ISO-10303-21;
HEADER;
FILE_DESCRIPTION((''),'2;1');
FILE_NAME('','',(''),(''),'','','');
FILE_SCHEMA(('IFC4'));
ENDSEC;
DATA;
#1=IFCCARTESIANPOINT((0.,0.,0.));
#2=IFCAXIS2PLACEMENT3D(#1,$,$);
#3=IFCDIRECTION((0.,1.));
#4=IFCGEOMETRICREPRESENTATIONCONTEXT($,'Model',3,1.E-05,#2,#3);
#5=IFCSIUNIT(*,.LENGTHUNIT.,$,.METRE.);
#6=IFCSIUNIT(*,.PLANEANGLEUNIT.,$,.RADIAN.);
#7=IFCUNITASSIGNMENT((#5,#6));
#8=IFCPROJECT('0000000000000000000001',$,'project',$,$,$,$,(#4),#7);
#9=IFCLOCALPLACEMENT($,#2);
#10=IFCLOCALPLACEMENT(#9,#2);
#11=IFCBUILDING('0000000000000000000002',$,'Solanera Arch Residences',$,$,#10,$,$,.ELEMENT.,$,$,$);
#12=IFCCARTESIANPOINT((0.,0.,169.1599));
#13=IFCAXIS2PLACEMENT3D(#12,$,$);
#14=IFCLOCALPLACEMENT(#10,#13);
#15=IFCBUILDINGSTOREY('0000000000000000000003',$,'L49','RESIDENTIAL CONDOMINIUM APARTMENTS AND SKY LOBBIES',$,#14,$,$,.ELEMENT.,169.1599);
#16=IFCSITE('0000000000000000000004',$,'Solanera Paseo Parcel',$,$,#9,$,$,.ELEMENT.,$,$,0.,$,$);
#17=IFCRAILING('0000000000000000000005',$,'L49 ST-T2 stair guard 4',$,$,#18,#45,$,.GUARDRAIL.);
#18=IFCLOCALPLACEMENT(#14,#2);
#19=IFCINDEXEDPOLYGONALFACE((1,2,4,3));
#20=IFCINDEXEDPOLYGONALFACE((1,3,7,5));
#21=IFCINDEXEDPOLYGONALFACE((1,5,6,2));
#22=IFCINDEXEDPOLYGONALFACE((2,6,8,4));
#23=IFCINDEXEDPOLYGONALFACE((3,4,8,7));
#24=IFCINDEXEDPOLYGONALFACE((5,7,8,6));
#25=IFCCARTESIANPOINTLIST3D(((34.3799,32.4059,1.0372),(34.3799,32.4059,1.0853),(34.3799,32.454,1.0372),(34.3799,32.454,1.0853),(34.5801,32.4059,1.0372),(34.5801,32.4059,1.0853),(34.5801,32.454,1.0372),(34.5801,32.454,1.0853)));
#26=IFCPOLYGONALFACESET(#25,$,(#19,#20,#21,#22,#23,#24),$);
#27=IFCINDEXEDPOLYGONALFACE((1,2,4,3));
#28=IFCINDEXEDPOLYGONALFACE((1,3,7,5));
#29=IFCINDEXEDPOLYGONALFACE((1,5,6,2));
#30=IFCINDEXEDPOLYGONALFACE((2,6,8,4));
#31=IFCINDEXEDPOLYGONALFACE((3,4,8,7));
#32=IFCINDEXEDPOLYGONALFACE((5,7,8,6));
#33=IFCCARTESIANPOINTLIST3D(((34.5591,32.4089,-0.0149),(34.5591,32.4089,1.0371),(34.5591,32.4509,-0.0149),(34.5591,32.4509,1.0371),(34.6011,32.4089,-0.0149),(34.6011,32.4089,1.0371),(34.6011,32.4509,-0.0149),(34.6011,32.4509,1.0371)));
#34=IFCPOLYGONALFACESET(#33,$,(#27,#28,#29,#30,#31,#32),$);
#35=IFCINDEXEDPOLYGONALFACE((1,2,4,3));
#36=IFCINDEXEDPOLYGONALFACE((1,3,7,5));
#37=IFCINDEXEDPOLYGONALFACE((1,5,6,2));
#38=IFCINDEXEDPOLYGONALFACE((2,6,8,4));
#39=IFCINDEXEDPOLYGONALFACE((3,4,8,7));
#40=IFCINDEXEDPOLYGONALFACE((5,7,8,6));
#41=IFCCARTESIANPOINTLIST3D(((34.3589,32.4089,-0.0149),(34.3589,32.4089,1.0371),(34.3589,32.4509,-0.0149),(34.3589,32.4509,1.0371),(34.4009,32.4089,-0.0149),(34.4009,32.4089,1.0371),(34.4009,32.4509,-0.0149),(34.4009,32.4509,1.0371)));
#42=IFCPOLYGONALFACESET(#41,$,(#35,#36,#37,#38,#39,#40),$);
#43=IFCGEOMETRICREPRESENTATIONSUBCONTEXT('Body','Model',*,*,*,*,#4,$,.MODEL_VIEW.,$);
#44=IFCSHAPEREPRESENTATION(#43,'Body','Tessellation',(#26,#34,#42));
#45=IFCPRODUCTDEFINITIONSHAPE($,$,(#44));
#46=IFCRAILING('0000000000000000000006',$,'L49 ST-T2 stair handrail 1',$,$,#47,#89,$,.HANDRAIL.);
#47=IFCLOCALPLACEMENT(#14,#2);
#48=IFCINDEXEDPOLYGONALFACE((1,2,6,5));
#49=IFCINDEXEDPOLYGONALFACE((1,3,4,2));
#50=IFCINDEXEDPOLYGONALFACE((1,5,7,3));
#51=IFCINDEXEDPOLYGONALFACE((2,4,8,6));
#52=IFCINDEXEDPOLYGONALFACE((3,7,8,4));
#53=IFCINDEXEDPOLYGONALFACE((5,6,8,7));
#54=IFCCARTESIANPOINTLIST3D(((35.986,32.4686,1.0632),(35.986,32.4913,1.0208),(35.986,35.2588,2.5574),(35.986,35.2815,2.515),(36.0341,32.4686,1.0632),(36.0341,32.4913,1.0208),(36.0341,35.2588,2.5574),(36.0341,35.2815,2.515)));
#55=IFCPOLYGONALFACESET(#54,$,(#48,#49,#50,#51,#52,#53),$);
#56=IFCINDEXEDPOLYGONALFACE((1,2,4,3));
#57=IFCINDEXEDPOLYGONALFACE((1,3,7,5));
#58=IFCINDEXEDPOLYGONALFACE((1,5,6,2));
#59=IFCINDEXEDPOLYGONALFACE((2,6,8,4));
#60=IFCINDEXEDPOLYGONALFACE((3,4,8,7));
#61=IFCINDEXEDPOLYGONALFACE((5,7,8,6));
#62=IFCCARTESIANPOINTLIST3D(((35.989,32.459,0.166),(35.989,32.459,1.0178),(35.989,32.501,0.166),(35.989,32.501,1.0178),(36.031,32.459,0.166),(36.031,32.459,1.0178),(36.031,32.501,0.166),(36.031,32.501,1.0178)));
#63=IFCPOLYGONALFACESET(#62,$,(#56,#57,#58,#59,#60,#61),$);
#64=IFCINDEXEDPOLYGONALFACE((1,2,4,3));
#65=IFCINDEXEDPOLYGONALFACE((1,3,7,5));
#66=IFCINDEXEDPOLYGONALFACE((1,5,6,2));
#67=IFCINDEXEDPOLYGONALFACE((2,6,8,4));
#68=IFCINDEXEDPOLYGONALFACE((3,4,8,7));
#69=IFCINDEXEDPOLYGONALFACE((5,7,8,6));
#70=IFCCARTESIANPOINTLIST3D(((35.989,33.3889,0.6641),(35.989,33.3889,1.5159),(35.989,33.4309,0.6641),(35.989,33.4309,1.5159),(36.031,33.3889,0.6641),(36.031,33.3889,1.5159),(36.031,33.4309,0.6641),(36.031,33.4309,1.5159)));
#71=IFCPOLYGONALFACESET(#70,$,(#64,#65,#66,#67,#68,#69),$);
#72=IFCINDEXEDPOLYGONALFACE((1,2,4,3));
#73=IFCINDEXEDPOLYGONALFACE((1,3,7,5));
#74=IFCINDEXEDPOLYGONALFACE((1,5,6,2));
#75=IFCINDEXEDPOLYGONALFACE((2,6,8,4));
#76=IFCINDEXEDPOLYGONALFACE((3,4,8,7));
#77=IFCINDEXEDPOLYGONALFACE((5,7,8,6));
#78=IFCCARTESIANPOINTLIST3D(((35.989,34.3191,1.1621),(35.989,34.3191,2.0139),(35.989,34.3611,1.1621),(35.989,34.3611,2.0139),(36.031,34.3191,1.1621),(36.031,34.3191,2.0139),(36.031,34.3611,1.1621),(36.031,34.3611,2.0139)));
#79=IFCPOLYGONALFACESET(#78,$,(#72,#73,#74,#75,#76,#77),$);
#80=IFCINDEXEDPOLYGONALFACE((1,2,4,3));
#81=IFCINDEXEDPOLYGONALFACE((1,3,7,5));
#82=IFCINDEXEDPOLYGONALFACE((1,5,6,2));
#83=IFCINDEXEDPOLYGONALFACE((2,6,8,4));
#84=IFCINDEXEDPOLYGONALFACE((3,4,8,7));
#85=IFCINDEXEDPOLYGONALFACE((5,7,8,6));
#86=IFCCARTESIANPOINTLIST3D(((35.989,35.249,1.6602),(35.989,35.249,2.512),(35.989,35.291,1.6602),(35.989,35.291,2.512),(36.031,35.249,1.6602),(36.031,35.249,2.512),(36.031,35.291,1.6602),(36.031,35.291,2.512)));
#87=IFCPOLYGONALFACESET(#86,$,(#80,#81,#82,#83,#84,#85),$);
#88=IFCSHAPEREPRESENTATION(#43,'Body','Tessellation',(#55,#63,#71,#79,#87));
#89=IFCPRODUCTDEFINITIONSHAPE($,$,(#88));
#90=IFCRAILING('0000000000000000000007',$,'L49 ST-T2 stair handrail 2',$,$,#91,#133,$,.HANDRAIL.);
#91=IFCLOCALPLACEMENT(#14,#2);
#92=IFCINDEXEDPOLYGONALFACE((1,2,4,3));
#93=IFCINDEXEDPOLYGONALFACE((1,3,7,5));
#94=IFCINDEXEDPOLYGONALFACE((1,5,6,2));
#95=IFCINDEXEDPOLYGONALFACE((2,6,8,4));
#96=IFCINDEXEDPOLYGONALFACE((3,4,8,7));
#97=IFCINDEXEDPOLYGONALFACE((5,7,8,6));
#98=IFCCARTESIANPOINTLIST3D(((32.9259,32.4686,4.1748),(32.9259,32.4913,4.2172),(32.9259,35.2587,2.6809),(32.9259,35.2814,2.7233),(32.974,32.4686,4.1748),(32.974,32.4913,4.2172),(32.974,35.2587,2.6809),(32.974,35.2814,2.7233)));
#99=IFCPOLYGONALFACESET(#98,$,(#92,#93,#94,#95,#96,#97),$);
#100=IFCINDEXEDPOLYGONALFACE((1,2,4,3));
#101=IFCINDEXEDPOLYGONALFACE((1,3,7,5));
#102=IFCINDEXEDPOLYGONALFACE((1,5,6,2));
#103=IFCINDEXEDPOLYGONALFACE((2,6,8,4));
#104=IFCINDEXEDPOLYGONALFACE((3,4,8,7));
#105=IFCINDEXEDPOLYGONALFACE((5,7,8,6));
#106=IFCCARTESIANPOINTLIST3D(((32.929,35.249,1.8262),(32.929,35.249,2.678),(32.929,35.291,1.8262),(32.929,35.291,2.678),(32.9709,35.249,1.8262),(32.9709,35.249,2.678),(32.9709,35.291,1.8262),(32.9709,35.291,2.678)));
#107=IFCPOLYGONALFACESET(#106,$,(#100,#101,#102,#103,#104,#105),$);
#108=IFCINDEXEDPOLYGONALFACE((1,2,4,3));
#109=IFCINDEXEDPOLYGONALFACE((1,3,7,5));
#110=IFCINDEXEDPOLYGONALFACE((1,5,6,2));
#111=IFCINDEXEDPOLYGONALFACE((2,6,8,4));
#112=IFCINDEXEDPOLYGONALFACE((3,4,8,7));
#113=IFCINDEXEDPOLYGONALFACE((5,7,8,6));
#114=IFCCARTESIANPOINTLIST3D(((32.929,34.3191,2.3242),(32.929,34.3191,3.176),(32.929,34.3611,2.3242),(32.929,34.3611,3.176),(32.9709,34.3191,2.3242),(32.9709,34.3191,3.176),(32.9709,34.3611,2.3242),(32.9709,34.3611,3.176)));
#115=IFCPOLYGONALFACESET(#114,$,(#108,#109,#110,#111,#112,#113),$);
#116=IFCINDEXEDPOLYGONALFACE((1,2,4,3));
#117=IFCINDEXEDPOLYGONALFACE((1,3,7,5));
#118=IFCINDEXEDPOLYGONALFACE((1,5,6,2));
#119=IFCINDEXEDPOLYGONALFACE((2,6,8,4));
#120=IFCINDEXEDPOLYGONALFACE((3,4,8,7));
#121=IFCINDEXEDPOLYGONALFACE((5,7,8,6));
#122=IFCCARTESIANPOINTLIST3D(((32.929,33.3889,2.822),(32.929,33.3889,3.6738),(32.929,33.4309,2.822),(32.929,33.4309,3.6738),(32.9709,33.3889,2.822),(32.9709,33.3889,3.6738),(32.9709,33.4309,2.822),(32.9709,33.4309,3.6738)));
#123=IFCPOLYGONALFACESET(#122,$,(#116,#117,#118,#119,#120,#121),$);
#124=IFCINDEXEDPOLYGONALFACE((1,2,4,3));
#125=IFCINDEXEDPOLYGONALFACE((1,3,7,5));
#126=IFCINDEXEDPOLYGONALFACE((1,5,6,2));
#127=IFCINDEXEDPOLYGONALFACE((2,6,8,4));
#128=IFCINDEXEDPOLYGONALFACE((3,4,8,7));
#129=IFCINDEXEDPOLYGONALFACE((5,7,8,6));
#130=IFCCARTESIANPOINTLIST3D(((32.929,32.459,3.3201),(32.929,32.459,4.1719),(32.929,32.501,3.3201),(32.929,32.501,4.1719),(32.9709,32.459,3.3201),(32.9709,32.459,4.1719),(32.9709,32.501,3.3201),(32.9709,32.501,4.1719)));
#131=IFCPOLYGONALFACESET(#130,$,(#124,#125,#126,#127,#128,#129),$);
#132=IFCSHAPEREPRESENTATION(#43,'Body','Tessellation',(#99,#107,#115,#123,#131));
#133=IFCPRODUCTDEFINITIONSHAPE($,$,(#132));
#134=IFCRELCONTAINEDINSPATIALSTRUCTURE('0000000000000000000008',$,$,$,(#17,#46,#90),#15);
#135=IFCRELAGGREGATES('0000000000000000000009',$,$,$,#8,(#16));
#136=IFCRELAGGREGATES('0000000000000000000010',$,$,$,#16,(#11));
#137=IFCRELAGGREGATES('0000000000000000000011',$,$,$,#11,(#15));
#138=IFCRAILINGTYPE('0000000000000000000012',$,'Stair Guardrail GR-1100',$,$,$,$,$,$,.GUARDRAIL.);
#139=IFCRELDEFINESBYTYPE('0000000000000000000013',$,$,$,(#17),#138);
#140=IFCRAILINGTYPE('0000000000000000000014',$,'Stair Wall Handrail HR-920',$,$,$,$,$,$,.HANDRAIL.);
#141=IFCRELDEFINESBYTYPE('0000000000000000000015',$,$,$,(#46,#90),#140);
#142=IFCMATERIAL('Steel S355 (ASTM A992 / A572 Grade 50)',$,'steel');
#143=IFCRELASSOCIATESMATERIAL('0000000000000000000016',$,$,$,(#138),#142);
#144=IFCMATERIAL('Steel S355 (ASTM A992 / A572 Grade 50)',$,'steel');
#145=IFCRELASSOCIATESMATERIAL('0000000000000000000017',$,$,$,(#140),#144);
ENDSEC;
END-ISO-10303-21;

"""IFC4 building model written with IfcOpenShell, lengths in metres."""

from ifc_helpers import new_model, si_unit, direction, frame, origin, origin_2d, place, context, subcontext, project, spatial, rectangle, extrude, material, type_object, element, save


model = new_model("IFC4")

# Units and contexts
model_context = context("Model", 3, precision=1e-05, world=origin(), true_north=direction((0.0, 1.0)))
body_context = subcontext(model_context, "Body", "Model", "MODEL_VIEW")
ifc_project = project(units=[si_unit("LENGTHUNIT", "METRE"), si_unit("PLANEANGLEUNIT", "RADIAN")], contexts=[model_context])

# Site, building, storey
site_placement = place(None, origin())
site = spatial("IfcSite", under=ifc_project, at=site_placement, Name="Solanera Paseo Parcel", CompositionType="ELEMENT", RefElevation=0.0)
building_placement = place(site_placement, origin())
building = spatial("IfcBuilding", under=site, at=building_placement, Name="Solanera Arch Residences", CompositionType="ELEMENT")
storey_placement = place(building_placement, frame((0.0, 0.0, 169.1599)))
storey = spatial("IfcBuildingStorey", under=building, at=storey_placement, Name="L49", Description="RESIDENTIAL CONDOMINIUM APARTMENTS AND SKY LOBBIES", CompositionType="ELEMENT", Elevation=169.1599)

# Railings
ifc_material_1 = material(Name="Steel S355 (ASTM A992 / A572 Grade 50)", Category="steel")
railing_type_1 = type_object("IfcRailingType", Name="Stair Guardrail GR-1100", PredefinedType="GUARDRAIL", material=ifc_material_1)
railing_1_placement = place(storey_placement, frame((34.5801, 32.4299, -0.0149)))
element("IfcRailing", 1, at=railing_1_placement, inside=storey, type_object=railing_type_1, Name="L49 ST-T2 stair guard 4", PredefinedType="GUARDRAIL", context=body_context, shape_type="SweptSolid", body=[
    extrude(rectangle(XDim=0.0481, YDim=0.0481, at=origin_2d()), frame((0.0, 0.0, 1.0762), z_axis=(-1.0, 0.0, 0.0), x_axis=(0.0, -1.0, 0.0)), (0.0, 0.0, 1.0), 0.2002),
    extrude(rectangle(XDim=0.042, YDim=0.042, at=origin_2d()), origin(), (0.0, 0.0, 1.0), 1.052),
    extrude(rectangle(XDim=0.042, YDim=0.042, at=origin_2d()), frame((-0.2002, 0.0, 0.0)), (0.0, 0.0, 1.0), 1.052),
])
ifc_material_2 = material(Name="Steel S355 (ASTM A992 / A572 Grade 50)", Category="steel")
railing_type_2 = type_object("IfcRailingType", Name="Stair Wall Handrail HR-920", PredefinedType="HANDRAIL", material=ifc_material_2)
railing_2_placement = place(storey_placement, frame((36.01, 32.48, 0.166)))
element("IfcRailing", 2, at=railing_2_placement, inside=storey, type_object=railing_type_2, Name="L49 ST-T2 stair handrail 1", PredefinedType="HANDRAIL", context=body_context, shape_type="SweptSolid", body=[
    extrude(rectangle(XDim=0.0481, YDim=0.0481, at=origin_2d()), frame((0.0, 0.0, 0.876), z_axis=(0.0, 0.881549, 0.472093), x_axis=(-1.0, 0.0, 0.0)), (0.0, 0.0, 1.0), 3.165),
    extrude(rectangle(XDim=0.042, YDim=0.042, at=origin_2d()), origin(), (0.0, 0.0, 1.0), 0.8518),
    extrude(rectangle(XDim=0.042, YDim=0.042, at=origin_2d()), frame((0.0, 0.9299, 0.498)), (0.0, 0.0, 1.0), 0.8518),
    extrude(rectangle(XDim=0.042, YDim=0.042, at=origin_2d()), frame((0.0, 1.8601, 0.9961)), (0.0, 0.0, 1.0), 0.8518),
    extrude(rectangle(XDim=0.042, YDim=0.042, at=origin_2d()), frame((0.0, 2.79, 1.4941)), (0.0, 0.0, 1.0), 0.8518),
])
railing_3_placement = place(storey_placement, frame((32.95, 35.27, 1.8262)))
element("IfcRailing", 3, at=railing_3_placement, inside=storey, type_object=railing_type_2, Name="L49 ST-T2 stair handrail 2", PredefinedType="HANDRAIL", context=body_context, shape_type="SweptSolid", body=[
    extrude(rectangle(XDim=0.0481, YDim=0.0481, at=origin_2d()), frame((0.0, 0.0, 0.876), z_axis=(0.0, -0.881581, 0.472033), x_axis=(1.0, 0.0, 0.0)), (0.0, 0.0, 1.0), 3.1648),
    extrude(rectangle(XDim=0.042, YDim=0.042, at=origin_2d()), origin(), (0.0, 0.0, 1.0), 0.8518),
    extrude(rectangle(XDim=0.042, YDim=0.042, at=origin_2d()), frame((0.0, -0.9299, 0.498)), (0.0, 0.0, 1.0), 0.8518),
    extrude(rectangle(XDim=0.042, YDim=0.042, at=origin_2d()), frame((0.0, -1.8601, 0.9958)), (0.0, 0.0, 1.0), 0.8518),
    extrude(rectangle(XDim=0.042, YDim=0.042, at=origin_2d()), frame((0.0, -2.79, 1.4939)), (0.0, 0.0, 1.0), 0.8518),
])

save(model, "model.ifc")
